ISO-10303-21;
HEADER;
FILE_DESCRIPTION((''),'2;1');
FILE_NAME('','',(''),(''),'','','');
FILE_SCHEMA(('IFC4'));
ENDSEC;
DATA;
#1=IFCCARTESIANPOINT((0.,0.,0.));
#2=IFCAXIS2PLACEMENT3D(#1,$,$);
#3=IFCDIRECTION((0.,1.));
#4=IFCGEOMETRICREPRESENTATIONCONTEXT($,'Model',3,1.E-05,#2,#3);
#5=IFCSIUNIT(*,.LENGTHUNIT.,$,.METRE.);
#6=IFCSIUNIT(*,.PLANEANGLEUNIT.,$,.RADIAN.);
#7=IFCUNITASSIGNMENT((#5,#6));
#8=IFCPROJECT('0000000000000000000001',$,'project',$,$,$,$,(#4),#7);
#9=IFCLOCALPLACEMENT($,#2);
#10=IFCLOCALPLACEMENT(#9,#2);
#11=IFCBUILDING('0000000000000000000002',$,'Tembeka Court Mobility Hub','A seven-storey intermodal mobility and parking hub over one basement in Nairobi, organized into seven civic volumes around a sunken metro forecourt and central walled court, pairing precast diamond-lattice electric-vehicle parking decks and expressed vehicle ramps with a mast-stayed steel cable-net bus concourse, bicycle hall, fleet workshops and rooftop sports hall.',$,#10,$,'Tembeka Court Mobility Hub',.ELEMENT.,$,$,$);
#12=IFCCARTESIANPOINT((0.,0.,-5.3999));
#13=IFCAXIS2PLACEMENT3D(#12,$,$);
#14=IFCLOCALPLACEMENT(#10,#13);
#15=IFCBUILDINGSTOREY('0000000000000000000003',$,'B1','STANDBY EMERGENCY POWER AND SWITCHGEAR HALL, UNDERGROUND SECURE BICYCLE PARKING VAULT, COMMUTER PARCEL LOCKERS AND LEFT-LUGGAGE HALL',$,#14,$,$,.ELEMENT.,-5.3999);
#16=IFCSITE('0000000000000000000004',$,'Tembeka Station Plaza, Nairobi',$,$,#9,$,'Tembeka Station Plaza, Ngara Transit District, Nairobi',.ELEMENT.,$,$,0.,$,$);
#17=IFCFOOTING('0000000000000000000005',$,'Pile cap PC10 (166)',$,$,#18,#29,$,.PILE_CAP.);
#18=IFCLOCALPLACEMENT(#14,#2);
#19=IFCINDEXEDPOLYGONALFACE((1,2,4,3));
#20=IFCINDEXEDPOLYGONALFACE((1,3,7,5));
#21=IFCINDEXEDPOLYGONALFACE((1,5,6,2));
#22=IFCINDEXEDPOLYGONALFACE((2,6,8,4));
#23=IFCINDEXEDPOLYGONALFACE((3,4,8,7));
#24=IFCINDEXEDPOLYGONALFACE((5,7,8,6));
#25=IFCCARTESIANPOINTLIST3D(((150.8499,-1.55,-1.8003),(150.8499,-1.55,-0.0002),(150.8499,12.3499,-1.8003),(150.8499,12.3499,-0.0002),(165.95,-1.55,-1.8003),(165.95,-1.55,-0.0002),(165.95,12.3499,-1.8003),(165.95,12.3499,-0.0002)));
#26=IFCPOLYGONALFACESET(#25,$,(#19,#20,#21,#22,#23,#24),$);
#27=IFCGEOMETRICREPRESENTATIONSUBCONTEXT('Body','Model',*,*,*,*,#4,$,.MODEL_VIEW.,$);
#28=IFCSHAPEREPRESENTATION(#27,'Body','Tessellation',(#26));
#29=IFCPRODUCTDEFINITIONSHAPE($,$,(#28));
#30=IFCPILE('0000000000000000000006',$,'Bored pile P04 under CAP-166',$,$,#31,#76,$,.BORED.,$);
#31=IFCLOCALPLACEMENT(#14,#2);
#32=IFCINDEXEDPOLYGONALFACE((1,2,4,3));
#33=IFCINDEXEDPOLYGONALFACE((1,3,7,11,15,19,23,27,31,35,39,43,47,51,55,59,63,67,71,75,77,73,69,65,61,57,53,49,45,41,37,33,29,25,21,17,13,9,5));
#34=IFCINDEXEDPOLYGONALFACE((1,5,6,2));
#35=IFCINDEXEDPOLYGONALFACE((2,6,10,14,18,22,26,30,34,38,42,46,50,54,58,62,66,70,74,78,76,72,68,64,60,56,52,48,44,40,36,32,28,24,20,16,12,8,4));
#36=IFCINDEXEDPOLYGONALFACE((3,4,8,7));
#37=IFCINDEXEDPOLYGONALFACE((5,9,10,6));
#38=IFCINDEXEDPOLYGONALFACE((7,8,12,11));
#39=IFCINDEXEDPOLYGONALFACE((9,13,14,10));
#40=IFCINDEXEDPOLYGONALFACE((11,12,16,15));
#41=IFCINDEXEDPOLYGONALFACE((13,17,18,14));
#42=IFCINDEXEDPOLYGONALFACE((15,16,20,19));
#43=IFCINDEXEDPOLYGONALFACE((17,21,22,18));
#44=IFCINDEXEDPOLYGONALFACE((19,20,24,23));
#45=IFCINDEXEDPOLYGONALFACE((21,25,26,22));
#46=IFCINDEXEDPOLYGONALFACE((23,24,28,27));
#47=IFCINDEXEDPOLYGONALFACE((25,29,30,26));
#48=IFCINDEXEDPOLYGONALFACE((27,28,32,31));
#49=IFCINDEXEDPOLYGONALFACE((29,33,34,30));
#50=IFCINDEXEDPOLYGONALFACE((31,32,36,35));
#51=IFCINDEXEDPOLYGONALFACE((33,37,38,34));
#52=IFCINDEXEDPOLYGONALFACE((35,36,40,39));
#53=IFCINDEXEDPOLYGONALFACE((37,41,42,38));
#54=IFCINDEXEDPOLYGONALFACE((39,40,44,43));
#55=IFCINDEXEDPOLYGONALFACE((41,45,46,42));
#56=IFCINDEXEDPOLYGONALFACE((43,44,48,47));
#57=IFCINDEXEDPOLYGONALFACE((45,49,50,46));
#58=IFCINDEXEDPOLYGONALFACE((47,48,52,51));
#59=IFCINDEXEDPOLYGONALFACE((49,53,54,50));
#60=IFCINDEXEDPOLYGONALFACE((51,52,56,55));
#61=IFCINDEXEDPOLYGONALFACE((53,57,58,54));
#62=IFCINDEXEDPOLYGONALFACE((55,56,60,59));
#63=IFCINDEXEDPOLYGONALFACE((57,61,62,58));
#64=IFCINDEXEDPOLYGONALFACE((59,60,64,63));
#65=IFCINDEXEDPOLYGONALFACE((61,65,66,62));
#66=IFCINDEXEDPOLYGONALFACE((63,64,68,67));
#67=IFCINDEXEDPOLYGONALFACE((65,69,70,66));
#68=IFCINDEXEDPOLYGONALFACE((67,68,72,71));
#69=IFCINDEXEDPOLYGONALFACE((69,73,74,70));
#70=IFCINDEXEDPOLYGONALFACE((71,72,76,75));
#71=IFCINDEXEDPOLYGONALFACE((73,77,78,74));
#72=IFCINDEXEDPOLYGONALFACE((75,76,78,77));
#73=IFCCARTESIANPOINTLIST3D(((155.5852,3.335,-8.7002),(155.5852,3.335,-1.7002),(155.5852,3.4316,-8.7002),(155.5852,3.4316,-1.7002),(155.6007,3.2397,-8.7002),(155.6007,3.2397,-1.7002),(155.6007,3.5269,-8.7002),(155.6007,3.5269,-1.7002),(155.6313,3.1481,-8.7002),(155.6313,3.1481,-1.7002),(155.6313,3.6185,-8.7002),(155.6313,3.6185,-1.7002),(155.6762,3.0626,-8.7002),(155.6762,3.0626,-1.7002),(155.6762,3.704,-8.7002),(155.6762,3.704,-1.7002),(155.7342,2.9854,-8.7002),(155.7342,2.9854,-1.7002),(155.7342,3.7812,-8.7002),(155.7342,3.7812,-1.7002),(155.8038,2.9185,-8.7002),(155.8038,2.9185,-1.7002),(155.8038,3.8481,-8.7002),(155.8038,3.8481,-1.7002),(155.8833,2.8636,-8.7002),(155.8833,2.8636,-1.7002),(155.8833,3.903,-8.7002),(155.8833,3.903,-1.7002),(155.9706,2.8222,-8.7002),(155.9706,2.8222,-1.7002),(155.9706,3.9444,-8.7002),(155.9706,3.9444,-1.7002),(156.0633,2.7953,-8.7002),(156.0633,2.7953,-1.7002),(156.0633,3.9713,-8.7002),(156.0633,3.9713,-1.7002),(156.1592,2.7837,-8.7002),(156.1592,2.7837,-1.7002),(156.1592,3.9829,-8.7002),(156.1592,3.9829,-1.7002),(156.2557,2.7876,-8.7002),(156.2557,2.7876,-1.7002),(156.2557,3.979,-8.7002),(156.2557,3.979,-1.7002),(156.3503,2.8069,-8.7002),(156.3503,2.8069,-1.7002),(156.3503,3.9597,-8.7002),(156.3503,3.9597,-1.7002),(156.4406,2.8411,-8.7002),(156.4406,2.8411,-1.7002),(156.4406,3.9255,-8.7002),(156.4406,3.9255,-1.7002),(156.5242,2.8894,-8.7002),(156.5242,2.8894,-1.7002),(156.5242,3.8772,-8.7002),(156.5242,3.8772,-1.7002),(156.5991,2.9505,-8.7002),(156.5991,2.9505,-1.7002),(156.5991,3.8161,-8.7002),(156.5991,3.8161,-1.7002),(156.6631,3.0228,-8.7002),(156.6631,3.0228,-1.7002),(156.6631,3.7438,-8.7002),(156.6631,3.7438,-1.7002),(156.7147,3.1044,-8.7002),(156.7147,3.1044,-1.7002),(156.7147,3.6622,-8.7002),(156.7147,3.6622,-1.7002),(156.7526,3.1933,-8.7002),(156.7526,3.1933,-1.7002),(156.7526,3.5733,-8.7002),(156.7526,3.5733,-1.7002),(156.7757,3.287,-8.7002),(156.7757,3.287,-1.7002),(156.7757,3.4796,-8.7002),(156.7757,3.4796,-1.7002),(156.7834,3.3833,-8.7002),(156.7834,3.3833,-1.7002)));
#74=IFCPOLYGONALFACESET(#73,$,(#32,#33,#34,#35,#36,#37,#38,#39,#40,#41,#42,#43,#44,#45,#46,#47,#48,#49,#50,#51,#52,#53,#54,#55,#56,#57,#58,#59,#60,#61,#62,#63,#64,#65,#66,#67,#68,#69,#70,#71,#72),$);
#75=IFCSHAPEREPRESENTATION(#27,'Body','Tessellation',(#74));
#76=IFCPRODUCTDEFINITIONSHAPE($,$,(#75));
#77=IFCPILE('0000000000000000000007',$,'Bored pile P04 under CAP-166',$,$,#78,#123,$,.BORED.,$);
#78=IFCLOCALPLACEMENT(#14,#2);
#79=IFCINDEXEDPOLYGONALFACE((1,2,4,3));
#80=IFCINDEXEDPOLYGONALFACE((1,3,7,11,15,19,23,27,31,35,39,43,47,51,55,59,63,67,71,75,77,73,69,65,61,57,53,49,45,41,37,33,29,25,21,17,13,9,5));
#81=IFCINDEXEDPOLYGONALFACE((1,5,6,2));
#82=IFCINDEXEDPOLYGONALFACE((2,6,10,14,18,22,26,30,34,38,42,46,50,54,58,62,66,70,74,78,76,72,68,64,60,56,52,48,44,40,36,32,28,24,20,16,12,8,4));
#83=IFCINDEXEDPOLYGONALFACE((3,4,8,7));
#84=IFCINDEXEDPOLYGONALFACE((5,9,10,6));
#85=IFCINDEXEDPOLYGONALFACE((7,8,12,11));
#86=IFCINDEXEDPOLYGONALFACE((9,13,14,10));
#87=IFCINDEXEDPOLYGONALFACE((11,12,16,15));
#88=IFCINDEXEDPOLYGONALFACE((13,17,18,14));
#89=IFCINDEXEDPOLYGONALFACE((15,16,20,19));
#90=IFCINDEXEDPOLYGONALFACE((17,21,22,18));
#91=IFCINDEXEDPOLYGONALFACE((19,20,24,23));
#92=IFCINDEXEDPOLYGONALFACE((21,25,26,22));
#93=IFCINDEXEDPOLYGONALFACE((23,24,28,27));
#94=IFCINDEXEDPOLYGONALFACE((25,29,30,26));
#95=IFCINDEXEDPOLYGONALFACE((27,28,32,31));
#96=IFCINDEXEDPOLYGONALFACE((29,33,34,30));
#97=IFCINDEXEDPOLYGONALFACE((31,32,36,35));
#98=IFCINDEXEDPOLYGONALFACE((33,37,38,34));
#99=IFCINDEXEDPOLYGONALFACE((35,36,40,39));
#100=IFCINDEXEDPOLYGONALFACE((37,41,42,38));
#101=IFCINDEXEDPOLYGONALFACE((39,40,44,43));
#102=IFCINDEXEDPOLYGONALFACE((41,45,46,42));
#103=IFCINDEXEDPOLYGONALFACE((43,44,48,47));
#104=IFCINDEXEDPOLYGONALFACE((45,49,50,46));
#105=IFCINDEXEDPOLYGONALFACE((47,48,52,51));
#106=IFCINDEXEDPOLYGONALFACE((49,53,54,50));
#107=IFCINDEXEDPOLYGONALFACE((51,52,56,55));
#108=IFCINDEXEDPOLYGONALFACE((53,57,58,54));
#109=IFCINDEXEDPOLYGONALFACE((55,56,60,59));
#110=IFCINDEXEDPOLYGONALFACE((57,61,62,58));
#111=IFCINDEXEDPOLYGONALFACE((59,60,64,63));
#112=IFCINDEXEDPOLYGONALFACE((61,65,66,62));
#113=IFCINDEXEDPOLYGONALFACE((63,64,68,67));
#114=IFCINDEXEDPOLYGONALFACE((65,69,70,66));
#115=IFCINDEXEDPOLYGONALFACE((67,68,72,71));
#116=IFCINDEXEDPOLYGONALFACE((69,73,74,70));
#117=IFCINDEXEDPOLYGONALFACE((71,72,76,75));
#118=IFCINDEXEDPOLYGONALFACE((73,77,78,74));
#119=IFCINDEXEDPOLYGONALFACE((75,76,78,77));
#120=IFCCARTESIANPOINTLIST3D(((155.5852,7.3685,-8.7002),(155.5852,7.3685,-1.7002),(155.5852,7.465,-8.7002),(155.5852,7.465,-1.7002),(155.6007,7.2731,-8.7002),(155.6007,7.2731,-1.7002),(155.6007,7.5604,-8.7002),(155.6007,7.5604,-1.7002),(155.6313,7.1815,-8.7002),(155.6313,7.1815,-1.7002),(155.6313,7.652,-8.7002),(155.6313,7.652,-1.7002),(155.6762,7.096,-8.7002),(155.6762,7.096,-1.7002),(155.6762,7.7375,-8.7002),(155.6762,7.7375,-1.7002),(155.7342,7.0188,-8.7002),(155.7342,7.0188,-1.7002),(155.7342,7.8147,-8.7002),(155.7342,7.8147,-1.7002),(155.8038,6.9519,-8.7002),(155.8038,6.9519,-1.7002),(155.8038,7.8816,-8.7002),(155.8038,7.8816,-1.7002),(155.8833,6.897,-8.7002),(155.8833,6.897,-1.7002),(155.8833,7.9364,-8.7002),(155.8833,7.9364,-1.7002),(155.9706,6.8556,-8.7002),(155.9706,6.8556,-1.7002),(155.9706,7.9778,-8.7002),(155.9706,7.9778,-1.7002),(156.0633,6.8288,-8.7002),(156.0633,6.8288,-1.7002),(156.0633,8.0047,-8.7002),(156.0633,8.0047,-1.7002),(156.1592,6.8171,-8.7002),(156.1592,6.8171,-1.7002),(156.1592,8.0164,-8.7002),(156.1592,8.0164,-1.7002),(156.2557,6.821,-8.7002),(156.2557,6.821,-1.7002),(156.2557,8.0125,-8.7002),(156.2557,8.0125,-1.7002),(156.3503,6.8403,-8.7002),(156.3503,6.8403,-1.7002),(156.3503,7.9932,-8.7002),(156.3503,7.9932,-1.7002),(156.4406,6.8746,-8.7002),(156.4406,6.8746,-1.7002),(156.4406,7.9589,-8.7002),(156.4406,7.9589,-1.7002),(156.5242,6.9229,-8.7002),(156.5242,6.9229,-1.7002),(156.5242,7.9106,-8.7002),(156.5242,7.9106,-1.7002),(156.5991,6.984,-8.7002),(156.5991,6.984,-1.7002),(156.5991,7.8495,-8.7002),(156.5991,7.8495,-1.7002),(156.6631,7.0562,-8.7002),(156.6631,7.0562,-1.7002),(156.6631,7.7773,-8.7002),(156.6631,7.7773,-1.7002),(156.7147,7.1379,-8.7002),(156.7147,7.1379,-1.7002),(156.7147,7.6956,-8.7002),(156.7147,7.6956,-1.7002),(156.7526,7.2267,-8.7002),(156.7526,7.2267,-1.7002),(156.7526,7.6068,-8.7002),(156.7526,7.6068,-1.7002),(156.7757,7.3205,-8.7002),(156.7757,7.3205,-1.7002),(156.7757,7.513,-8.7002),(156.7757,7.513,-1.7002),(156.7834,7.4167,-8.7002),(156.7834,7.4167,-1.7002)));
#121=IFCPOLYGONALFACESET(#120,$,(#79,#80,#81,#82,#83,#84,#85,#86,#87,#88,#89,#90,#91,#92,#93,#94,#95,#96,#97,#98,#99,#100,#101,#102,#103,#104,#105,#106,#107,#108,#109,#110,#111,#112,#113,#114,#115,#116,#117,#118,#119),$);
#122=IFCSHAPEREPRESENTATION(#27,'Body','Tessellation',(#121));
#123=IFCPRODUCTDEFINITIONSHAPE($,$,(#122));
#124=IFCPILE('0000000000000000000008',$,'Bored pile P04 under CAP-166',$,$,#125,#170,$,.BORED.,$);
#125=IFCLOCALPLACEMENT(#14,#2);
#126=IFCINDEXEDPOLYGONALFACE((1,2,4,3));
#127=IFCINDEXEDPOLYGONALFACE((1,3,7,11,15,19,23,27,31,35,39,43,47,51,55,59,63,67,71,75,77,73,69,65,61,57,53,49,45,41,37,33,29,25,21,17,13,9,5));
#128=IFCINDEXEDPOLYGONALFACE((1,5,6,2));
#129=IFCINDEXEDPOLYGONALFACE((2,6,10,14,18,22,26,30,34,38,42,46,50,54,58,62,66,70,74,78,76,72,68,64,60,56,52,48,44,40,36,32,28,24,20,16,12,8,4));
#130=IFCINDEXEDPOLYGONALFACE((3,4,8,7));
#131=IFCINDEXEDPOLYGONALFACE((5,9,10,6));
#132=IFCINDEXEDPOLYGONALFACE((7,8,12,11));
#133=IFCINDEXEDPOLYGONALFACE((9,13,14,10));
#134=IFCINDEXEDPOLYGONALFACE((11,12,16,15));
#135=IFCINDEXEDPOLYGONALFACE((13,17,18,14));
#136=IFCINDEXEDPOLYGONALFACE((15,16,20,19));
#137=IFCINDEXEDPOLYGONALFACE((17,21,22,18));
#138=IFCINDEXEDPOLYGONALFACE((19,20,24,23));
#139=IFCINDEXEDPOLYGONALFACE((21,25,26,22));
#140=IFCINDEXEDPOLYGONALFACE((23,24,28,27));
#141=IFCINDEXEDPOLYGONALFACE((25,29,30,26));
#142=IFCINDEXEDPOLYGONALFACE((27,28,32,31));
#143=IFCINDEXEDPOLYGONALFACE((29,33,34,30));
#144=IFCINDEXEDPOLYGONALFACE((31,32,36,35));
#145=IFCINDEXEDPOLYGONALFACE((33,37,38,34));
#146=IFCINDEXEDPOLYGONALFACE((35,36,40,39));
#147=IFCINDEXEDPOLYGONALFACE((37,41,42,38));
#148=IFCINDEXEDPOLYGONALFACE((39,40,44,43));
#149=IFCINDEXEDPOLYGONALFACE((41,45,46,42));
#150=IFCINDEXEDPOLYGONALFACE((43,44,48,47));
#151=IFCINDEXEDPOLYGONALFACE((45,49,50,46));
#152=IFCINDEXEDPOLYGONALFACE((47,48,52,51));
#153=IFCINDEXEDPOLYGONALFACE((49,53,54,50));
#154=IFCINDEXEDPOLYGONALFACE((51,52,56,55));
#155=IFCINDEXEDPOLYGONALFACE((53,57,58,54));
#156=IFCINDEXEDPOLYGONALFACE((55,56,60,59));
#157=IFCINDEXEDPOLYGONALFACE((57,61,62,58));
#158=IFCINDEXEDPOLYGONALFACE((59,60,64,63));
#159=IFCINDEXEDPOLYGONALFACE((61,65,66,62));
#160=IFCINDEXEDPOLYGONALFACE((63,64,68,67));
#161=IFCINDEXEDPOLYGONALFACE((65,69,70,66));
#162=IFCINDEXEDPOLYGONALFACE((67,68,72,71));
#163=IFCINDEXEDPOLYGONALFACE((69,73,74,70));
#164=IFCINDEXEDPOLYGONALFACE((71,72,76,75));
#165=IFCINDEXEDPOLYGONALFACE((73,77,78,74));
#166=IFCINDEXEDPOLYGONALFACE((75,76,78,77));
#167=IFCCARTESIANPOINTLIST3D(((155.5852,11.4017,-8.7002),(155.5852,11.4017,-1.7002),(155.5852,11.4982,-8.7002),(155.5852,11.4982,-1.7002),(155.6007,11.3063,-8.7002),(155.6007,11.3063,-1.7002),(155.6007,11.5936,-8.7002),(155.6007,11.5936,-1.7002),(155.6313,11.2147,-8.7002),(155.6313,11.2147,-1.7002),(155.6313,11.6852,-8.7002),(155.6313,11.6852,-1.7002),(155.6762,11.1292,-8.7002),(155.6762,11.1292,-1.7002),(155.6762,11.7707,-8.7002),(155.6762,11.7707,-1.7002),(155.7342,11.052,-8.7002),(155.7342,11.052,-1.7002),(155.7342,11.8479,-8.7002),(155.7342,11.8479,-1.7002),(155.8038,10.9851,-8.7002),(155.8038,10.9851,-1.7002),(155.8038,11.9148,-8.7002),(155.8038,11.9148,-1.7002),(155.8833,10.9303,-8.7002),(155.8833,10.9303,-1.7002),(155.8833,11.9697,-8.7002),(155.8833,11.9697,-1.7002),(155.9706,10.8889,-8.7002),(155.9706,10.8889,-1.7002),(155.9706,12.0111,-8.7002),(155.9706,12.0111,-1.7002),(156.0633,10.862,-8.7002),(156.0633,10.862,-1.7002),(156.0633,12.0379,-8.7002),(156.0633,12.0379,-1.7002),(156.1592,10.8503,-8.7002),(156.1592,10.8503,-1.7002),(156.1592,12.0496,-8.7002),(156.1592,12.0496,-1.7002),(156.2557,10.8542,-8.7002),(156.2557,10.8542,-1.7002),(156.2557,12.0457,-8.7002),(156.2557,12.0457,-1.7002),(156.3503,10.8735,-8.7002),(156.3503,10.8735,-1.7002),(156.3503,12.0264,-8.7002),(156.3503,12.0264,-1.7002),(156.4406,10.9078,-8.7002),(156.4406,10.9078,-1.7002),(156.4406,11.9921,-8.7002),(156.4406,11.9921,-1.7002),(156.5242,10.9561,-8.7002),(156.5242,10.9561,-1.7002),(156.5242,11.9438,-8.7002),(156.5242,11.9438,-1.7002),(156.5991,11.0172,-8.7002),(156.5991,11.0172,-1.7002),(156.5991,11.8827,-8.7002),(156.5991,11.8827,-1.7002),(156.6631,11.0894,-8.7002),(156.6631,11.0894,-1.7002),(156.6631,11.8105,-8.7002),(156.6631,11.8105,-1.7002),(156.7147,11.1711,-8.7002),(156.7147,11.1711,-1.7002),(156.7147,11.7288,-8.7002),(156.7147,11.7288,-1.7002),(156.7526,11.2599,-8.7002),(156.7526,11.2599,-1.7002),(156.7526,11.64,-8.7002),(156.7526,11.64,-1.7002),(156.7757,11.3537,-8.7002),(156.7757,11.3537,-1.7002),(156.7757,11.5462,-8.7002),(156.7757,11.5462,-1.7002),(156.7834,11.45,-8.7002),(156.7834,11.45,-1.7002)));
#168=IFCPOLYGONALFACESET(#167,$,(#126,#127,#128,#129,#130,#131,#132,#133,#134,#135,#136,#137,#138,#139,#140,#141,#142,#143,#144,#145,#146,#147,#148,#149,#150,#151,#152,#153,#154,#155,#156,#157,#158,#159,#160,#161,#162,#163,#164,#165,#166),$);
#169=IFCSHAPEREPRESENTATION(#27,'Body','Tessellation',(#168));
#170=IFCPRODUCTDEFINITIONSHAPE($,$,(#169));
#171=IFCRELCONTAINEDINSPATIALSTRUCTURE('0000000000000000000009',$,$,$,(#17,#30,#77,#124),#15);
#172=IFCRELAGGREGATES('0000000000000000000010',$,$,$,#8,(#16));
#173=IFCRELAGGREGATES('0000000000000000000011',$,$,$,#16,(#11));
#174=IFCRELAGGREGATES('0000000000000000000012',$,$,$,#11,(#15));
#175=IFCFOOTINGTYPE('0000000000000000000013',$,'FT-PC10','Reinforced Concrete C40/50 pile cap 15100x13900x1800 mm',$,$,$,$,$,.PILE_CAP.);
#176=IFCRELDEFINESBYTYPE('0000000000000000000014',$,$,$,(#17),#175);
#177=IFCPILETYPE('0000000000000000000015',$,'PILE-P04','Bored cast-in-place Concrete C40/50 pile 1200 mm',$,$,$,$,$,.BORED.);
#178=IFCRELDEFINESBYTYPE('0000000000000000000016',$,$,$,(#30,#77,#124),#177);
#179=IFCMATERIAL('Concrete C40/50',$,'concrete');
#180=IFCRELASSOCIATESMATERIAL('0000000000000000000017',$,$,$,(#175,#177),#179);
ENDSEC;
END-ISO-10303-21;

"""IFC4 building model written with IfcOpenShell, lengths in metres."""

from ifc_helpers import new_model, si_unit, direction, frame, origin, origin_2d, place, context, subcontext, project, spatial, rectangle, circle, extrude, material, material_profile, profile_set, type_object, element, save


model = new_model("IFC4")

# Units and contexts
model_context = context("Model", 3, precision=1e-05, world=origin(), true_north=direction((0.0, 1.0)))
body_context = subcontext(model_context, "Body", "Model", "MODEL_VIEW")
ifc_project = project(units=[si_unit("LENGTHUNIT", "METRE"), si_unit("PLANEANGLEUNIT", "RADIAN")], contexts=[model_context])

# Site, building, storey
site_placement = place(None, origin())
site = spatial("IfcSite", under=ifc_project, at=site_placement, Name="Tembeka Station Plaza, Nairobi", LongName="Tembeka Station Plaza, Ngara Transit District, Nairobi", CompositionType="ELEMENT", RefElevation=0.0)
building_placement = place(site_placement, origin())
building = spatial("IfcBuilding", under=site, at=building_placement, Name="Tembeka Court Mobility Hub", Description="A seven-storey intermodal mobility and parking hub over one basement in Nairobi, organized into seven civic volumes around a sunken metro forecourt and central walled court, pairing precast diamond-lattice electric-vehicle parking decks and expressed vehicle ramps with a mast-stayed steel cable-net bus concourse, bicycle hall, fleet workshops and rooftop sports hall.", LongName="Tembeka Court Mobility Hub", CompositionType="ELEMENT")
storey_placement = place(building_placement, frame((0.0, 0.0, -5.3999)))
storey = spatial("IfcBuildingStorey", under=building, at=storey_placement, Name="B1", Description="STANDBY EMERGENCY POWER AND SWITCHGEAR HALL, UNDERGROUND SECURE BICYCLE PARKING VAULT, COMMUTER PARCEL LOCKERS AND LEFT-LUGGAGE HALL", CompositionType="ELEMENT", Elevation=-5.3999)

# Footing
ifc_material_1 = material(Name="Concrete C40/50", Category="concrete")
footing_type = type_object("IfcFootingType", Name="FT-PC10", Description="Reinforced Concrete C40/50 pile cap 15100x13900x1800 mm", PredefinedType="PILE_CAP", material=ifc_material_1)
footing_placement = place(storey_placement, frame((158.3999, 5.3999, -1.8003), z_axis=(0.0, 0.0, 1.0), x_axis=(1.0, 0.0, 0.0)))
element("IfcFooting", 1, at=footing_placement, inside=storey, type_object=footing_type, Name="Pile cap PC10 (166)", PredefinedType="PILE_CAP", context=body_context, shape_type="SweptSolid", body=[
    extrude(rectangle(XDim=15.1001, YDim=13.8999, at=origin_2d()), origin(), (0.0, 0.0, 1.0), 1.8),
])

# Piles
ifc_material_profile_1 = material_profile(ifc_material_1, circle(Radius=0.6001, at=origin_2d()), Name="PILE D1200")
ifc_profile_set_1 = profile_set([ifc_material_profile_1], Name="Concrete C40/50")
pile_type = type_object("IfcPileType", Name="PILE-P04", Description="Bored cast-in-place Concrete C40/50 pile 1200 mm", PredefinedType="BORED", material=ifc_profile_set_1)
for number, where, z_axis, x_axis, name in (
    (2, (156.1833, 3.3833, -1.7002), (0.0, 0.0, -1.0), (1.0, 0.0, 0.0), "Bored pile P04 under CAP-166"),
    (3, (156.1833, 7.4167, -1.7002), (0.0, 0.0, -1.0), (1.0, 0.0, 0.0), "Bored pile P04 under CAP-166"),
    (4, (156.1833, 11.45, -1.7002), (0.0, 0.0, -1.0), (1.0, 0.0, 0.0), "Bored pile P04 under CAP-166"),
):
    element("IfcPile", number, at=place(storey_placement, frame(where, z_axis=z_axis, x_axis=x_axis)), inside=storey, type_object=pile_type, Name=name, PredefinedType="BORED", context=body_context, shape_type="SweptSolid", body=[
        extrude(circle(Radius=0.6001, at=origin_2d()), origin(), (0.0, 0.0, 1.0), 7.0),
    ])

save(model, "model.ifc")
